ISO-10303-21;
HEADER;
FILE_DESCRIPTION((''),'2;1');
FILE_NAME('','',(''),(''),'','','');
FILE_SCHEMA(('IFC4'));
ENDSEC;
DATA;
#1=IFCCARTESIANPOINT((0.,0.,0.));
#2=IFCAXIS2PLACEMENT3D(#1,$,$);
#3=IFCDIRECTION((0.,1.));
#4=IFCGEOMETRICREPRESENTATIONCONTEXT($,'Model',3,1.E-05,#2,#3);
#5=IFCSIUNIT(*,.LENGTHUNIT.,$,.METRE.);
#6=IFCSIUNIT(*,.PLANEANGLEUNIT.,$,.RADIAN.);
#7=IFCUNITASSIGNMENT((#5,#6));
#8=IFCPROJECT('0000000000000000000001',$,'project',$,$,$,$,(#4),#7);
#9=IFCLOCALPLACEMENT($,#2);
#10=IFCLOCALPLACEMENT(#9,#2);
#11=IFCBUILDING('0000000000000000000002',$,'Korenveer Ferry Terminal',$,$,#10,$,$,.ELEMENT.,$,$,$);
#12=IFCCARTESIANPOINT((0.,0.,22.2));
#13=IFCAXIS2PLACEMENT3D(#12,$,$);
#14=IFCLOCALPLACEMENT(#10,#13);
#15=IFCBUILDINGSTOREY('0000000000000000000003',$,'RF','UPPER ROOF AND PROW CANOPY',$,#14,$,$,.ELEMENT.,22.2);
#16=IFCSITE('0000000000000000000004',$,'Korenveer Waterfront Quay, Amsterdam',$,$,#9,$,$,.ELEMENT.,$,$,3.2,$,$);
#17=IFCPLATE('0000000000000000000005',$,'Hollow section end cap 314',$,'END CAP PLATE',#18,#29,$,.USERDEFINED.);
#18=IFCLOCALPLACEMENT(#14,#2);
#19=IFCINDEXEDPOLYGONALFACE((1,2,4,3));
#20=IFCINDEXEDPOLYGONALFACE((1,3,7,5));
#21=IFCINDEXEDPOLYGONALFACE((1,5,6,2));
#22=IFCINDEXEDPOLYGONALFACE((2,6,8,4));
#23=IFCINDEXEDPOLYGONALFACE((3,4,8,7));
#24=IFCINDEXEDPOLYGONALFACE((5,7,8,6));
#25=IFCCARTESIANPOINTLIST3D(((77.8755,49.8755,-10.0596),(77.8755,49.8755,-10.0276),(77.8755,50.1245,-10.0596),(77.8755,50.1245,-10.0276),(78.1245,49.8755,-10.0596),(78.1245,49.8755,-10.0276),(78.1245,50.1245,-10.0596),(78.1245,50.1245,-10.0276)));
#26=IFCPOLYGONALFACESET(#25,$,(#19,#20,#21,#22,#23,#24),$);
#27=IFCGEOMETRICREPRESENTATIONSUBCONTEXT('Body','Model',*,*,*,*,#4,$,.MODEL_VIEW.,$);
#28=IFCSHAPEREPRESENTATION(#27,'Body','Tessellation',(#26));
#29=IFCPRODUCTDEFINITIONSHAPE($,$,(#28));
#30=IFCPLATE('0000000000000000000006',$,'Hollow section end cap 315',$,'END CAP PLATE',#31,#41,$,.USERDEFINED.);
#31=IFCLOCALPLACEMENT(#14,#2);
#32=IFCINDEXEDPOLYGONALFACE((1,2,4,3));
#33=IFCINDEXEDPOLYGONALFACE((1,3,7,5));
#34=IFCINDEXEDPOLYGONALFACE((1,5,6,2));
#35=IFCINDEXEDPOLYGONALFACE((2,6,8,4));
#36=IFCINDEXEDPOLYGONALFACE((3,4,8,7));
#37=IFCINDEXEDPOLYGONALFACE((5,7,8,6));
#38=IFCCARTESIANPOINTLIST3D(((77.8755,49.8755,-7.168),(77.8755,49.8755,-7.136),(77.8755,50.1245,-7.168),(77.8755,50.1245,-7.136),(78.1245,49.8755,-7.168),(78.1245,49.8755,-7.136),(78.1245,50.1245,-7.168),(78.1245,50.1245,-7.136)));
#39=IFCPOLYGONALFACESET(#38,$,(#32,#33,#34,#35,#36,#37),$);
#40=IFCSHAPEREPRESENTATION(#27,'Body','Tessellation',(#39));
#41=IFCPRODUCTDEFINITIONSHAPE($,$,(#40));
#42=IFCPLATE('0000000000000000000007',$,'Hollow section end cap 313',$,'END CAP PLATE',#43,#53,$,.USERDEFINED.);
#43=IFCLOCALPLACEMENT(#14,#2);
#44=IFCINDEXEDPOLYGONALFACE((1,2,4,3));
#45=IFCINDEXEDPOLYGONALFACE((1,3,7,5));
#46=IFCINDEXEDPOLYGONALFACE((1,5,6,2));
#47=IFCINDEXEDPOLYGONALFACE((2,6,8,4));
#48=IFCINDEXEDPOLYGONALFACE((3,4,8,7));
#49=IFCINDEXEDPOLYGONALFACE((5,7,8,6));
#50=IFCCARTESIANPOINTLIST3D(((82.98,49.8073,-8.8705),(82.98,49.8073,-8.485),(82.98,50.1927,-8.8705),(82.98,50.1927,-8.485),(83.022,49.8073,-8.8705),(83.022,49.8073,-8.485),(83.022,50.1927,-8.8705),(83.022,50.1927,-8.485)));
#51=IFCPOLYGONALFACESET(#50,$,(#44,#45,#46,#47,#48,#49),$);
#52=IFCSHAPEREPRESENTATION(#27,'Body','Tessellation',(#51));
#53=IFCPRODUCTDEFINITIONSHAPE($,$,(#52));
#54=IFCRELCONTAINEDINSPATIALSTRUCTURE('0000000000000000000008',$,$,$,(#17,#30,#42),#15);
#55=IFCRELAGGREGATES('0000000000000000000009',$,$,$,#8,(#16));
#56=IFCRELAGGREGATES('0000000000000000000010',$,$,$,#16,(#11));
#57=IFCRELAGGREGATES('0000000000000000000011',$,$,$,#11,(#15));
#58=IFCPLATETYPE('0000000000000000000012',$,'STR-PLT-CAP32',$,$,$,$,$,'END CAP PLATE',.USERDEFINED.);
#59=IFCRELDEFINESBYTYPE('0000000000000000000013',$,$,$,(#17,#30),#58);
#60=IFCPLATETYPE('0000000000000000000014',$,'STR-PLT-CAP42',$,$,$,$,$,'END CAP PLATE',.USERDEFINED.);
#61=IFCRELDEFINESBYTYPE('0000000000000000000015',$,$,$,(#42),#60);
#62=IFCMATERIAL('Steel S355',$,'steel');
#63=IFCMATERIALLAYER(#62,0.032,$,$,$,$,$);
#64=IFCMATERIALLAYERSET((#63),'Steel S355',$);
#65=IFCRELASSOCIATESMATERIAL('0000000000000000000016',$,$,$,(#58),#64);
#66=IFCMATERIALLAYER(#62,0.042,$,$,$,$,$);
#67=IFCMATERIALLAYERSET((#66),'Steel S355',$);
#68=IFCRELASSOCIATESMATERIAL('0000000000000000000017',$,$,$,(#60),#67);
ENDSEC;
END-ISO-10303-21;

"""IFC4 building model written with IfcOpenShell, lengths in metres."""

from ifc_helpers import new_model, si_unit, direction, frame, origin, origin_2d, place, context, subcontext, project, spatial, rectangle, extrude, material, layer, layer_set, type_object, element, save


model = new_model("IFC4")

# Units and contexts
model_context = context("Model", 3, precision=1e-05, world=origin(), true_north=direction((0.0, 1.0)))
body_context = subcontext(model_context, "Body", "Model", "MODEL_VIEW")
ifc_project = project(units=[si_unit("LENGTHUNIT", "METRE"), si_unit("PLANEANGLEUNIT", "RADIAN")], contexts=[model_context])

# Site, building, storey
site_placement = place(None, origin())
site = spatial("IfcSite", under=ifc_project, at=site_placement, Name="Korenveer Waterfront Quay, Amsterdam", CompositionType="ELEMENT", RefElevation=3.2)
building_placement = place(site_placement, origin())
building = spatial("IfcBuilding", under=site, at=building_placement, Name="Korenveer Ferry Terminal", CompositionType="ELEMENT")
storey_placement = place(building_placement, frame((0.0, 0.0, 22.2)))
storey = spatial("IfcBuildingStorey", under=building, at=storey_placement, Name="RF", Description="UPPER ROOF AND PROW CANOPY", CompositionType="ELEMENT", Elevation=22.2)

# Shared definitions
ifc_material_1 = material(Name="Steel S355", Category="steel")

# Plates
ifc_layer_1 = layer(ifc_material_1, 0.032)
ifc_layer_set_1 = layer_set([ifc_layer_1], Name="Steel S355")
plate_type_1 = type_object("IfcPlateType", Name="STR-PLT-CAP32", ElementType="END CAP PLATE", PredefinedType="USERDEFINED", material=ifc_layer_set_1)
for number, where, z_axis, x_axis, name in (
    (1, (78.0, 50.0, -10.0596), (0.0, 0.0, 1.0), (1.0, 0.0, 0.0), "Hollow section end cap 314"),
    (2, (78.0, 50.0, -7.168), (0.0, 0.0, 1.0), (1.0, 0.0, 0.0), "Hollow section end cap 315"),
):
    element("IfcPlate", number, at=place(storey_placement, frame(where, z_axis=z_axis, x_axis=x_axis)), inside=storey, type_object=plate_type_1, Name=name, ObjectType="END CAP PLATE", PredefinedType="USERDEFINED", context=body_context, shape_type="SweptSolid", body=[
        extrude(rectangle(XDim=0.249, YDim=0.249, at=origin_2d()), origin(), (0.0, 0.0, 1.0), 0.032),
    ])
ifc_layer_2 = layer(ifc_material_1, 0.042)
ifc_layer_set_2 = layer_set([ifc_layer_2], Name="Steel S355")
plate_type_2 = type_object("IfcPlateType", Name="STR-PLT-CAP42", ElementType="END CAP PLATE", PredefinedType="USERDEFINED", material=ifc_layer_set_2)
plate_placement = place(storey_placement, frame((82.98, 50.0, -8.6777), z_axis=(1.0, 0.0, 0.0), x_axis=(0.0, 1.0, 0.0)))
element("IfcPlate", 3, at=plate_placement, inside=storey, type_object=plate_type_2, Name="Hollow section end cap 313", ObjectType="END CAP PLATE", PredefinedType="USERDEFINED", context=body_context, shape_type="SweptSolid", body=[
    extrude(rectangle(XDim=0.3855, YDim=0.3855, at=origin_2d()), origin(), (0.0, 0.0, 1.0), 0.042),
])

save(model, "model.ifc")
